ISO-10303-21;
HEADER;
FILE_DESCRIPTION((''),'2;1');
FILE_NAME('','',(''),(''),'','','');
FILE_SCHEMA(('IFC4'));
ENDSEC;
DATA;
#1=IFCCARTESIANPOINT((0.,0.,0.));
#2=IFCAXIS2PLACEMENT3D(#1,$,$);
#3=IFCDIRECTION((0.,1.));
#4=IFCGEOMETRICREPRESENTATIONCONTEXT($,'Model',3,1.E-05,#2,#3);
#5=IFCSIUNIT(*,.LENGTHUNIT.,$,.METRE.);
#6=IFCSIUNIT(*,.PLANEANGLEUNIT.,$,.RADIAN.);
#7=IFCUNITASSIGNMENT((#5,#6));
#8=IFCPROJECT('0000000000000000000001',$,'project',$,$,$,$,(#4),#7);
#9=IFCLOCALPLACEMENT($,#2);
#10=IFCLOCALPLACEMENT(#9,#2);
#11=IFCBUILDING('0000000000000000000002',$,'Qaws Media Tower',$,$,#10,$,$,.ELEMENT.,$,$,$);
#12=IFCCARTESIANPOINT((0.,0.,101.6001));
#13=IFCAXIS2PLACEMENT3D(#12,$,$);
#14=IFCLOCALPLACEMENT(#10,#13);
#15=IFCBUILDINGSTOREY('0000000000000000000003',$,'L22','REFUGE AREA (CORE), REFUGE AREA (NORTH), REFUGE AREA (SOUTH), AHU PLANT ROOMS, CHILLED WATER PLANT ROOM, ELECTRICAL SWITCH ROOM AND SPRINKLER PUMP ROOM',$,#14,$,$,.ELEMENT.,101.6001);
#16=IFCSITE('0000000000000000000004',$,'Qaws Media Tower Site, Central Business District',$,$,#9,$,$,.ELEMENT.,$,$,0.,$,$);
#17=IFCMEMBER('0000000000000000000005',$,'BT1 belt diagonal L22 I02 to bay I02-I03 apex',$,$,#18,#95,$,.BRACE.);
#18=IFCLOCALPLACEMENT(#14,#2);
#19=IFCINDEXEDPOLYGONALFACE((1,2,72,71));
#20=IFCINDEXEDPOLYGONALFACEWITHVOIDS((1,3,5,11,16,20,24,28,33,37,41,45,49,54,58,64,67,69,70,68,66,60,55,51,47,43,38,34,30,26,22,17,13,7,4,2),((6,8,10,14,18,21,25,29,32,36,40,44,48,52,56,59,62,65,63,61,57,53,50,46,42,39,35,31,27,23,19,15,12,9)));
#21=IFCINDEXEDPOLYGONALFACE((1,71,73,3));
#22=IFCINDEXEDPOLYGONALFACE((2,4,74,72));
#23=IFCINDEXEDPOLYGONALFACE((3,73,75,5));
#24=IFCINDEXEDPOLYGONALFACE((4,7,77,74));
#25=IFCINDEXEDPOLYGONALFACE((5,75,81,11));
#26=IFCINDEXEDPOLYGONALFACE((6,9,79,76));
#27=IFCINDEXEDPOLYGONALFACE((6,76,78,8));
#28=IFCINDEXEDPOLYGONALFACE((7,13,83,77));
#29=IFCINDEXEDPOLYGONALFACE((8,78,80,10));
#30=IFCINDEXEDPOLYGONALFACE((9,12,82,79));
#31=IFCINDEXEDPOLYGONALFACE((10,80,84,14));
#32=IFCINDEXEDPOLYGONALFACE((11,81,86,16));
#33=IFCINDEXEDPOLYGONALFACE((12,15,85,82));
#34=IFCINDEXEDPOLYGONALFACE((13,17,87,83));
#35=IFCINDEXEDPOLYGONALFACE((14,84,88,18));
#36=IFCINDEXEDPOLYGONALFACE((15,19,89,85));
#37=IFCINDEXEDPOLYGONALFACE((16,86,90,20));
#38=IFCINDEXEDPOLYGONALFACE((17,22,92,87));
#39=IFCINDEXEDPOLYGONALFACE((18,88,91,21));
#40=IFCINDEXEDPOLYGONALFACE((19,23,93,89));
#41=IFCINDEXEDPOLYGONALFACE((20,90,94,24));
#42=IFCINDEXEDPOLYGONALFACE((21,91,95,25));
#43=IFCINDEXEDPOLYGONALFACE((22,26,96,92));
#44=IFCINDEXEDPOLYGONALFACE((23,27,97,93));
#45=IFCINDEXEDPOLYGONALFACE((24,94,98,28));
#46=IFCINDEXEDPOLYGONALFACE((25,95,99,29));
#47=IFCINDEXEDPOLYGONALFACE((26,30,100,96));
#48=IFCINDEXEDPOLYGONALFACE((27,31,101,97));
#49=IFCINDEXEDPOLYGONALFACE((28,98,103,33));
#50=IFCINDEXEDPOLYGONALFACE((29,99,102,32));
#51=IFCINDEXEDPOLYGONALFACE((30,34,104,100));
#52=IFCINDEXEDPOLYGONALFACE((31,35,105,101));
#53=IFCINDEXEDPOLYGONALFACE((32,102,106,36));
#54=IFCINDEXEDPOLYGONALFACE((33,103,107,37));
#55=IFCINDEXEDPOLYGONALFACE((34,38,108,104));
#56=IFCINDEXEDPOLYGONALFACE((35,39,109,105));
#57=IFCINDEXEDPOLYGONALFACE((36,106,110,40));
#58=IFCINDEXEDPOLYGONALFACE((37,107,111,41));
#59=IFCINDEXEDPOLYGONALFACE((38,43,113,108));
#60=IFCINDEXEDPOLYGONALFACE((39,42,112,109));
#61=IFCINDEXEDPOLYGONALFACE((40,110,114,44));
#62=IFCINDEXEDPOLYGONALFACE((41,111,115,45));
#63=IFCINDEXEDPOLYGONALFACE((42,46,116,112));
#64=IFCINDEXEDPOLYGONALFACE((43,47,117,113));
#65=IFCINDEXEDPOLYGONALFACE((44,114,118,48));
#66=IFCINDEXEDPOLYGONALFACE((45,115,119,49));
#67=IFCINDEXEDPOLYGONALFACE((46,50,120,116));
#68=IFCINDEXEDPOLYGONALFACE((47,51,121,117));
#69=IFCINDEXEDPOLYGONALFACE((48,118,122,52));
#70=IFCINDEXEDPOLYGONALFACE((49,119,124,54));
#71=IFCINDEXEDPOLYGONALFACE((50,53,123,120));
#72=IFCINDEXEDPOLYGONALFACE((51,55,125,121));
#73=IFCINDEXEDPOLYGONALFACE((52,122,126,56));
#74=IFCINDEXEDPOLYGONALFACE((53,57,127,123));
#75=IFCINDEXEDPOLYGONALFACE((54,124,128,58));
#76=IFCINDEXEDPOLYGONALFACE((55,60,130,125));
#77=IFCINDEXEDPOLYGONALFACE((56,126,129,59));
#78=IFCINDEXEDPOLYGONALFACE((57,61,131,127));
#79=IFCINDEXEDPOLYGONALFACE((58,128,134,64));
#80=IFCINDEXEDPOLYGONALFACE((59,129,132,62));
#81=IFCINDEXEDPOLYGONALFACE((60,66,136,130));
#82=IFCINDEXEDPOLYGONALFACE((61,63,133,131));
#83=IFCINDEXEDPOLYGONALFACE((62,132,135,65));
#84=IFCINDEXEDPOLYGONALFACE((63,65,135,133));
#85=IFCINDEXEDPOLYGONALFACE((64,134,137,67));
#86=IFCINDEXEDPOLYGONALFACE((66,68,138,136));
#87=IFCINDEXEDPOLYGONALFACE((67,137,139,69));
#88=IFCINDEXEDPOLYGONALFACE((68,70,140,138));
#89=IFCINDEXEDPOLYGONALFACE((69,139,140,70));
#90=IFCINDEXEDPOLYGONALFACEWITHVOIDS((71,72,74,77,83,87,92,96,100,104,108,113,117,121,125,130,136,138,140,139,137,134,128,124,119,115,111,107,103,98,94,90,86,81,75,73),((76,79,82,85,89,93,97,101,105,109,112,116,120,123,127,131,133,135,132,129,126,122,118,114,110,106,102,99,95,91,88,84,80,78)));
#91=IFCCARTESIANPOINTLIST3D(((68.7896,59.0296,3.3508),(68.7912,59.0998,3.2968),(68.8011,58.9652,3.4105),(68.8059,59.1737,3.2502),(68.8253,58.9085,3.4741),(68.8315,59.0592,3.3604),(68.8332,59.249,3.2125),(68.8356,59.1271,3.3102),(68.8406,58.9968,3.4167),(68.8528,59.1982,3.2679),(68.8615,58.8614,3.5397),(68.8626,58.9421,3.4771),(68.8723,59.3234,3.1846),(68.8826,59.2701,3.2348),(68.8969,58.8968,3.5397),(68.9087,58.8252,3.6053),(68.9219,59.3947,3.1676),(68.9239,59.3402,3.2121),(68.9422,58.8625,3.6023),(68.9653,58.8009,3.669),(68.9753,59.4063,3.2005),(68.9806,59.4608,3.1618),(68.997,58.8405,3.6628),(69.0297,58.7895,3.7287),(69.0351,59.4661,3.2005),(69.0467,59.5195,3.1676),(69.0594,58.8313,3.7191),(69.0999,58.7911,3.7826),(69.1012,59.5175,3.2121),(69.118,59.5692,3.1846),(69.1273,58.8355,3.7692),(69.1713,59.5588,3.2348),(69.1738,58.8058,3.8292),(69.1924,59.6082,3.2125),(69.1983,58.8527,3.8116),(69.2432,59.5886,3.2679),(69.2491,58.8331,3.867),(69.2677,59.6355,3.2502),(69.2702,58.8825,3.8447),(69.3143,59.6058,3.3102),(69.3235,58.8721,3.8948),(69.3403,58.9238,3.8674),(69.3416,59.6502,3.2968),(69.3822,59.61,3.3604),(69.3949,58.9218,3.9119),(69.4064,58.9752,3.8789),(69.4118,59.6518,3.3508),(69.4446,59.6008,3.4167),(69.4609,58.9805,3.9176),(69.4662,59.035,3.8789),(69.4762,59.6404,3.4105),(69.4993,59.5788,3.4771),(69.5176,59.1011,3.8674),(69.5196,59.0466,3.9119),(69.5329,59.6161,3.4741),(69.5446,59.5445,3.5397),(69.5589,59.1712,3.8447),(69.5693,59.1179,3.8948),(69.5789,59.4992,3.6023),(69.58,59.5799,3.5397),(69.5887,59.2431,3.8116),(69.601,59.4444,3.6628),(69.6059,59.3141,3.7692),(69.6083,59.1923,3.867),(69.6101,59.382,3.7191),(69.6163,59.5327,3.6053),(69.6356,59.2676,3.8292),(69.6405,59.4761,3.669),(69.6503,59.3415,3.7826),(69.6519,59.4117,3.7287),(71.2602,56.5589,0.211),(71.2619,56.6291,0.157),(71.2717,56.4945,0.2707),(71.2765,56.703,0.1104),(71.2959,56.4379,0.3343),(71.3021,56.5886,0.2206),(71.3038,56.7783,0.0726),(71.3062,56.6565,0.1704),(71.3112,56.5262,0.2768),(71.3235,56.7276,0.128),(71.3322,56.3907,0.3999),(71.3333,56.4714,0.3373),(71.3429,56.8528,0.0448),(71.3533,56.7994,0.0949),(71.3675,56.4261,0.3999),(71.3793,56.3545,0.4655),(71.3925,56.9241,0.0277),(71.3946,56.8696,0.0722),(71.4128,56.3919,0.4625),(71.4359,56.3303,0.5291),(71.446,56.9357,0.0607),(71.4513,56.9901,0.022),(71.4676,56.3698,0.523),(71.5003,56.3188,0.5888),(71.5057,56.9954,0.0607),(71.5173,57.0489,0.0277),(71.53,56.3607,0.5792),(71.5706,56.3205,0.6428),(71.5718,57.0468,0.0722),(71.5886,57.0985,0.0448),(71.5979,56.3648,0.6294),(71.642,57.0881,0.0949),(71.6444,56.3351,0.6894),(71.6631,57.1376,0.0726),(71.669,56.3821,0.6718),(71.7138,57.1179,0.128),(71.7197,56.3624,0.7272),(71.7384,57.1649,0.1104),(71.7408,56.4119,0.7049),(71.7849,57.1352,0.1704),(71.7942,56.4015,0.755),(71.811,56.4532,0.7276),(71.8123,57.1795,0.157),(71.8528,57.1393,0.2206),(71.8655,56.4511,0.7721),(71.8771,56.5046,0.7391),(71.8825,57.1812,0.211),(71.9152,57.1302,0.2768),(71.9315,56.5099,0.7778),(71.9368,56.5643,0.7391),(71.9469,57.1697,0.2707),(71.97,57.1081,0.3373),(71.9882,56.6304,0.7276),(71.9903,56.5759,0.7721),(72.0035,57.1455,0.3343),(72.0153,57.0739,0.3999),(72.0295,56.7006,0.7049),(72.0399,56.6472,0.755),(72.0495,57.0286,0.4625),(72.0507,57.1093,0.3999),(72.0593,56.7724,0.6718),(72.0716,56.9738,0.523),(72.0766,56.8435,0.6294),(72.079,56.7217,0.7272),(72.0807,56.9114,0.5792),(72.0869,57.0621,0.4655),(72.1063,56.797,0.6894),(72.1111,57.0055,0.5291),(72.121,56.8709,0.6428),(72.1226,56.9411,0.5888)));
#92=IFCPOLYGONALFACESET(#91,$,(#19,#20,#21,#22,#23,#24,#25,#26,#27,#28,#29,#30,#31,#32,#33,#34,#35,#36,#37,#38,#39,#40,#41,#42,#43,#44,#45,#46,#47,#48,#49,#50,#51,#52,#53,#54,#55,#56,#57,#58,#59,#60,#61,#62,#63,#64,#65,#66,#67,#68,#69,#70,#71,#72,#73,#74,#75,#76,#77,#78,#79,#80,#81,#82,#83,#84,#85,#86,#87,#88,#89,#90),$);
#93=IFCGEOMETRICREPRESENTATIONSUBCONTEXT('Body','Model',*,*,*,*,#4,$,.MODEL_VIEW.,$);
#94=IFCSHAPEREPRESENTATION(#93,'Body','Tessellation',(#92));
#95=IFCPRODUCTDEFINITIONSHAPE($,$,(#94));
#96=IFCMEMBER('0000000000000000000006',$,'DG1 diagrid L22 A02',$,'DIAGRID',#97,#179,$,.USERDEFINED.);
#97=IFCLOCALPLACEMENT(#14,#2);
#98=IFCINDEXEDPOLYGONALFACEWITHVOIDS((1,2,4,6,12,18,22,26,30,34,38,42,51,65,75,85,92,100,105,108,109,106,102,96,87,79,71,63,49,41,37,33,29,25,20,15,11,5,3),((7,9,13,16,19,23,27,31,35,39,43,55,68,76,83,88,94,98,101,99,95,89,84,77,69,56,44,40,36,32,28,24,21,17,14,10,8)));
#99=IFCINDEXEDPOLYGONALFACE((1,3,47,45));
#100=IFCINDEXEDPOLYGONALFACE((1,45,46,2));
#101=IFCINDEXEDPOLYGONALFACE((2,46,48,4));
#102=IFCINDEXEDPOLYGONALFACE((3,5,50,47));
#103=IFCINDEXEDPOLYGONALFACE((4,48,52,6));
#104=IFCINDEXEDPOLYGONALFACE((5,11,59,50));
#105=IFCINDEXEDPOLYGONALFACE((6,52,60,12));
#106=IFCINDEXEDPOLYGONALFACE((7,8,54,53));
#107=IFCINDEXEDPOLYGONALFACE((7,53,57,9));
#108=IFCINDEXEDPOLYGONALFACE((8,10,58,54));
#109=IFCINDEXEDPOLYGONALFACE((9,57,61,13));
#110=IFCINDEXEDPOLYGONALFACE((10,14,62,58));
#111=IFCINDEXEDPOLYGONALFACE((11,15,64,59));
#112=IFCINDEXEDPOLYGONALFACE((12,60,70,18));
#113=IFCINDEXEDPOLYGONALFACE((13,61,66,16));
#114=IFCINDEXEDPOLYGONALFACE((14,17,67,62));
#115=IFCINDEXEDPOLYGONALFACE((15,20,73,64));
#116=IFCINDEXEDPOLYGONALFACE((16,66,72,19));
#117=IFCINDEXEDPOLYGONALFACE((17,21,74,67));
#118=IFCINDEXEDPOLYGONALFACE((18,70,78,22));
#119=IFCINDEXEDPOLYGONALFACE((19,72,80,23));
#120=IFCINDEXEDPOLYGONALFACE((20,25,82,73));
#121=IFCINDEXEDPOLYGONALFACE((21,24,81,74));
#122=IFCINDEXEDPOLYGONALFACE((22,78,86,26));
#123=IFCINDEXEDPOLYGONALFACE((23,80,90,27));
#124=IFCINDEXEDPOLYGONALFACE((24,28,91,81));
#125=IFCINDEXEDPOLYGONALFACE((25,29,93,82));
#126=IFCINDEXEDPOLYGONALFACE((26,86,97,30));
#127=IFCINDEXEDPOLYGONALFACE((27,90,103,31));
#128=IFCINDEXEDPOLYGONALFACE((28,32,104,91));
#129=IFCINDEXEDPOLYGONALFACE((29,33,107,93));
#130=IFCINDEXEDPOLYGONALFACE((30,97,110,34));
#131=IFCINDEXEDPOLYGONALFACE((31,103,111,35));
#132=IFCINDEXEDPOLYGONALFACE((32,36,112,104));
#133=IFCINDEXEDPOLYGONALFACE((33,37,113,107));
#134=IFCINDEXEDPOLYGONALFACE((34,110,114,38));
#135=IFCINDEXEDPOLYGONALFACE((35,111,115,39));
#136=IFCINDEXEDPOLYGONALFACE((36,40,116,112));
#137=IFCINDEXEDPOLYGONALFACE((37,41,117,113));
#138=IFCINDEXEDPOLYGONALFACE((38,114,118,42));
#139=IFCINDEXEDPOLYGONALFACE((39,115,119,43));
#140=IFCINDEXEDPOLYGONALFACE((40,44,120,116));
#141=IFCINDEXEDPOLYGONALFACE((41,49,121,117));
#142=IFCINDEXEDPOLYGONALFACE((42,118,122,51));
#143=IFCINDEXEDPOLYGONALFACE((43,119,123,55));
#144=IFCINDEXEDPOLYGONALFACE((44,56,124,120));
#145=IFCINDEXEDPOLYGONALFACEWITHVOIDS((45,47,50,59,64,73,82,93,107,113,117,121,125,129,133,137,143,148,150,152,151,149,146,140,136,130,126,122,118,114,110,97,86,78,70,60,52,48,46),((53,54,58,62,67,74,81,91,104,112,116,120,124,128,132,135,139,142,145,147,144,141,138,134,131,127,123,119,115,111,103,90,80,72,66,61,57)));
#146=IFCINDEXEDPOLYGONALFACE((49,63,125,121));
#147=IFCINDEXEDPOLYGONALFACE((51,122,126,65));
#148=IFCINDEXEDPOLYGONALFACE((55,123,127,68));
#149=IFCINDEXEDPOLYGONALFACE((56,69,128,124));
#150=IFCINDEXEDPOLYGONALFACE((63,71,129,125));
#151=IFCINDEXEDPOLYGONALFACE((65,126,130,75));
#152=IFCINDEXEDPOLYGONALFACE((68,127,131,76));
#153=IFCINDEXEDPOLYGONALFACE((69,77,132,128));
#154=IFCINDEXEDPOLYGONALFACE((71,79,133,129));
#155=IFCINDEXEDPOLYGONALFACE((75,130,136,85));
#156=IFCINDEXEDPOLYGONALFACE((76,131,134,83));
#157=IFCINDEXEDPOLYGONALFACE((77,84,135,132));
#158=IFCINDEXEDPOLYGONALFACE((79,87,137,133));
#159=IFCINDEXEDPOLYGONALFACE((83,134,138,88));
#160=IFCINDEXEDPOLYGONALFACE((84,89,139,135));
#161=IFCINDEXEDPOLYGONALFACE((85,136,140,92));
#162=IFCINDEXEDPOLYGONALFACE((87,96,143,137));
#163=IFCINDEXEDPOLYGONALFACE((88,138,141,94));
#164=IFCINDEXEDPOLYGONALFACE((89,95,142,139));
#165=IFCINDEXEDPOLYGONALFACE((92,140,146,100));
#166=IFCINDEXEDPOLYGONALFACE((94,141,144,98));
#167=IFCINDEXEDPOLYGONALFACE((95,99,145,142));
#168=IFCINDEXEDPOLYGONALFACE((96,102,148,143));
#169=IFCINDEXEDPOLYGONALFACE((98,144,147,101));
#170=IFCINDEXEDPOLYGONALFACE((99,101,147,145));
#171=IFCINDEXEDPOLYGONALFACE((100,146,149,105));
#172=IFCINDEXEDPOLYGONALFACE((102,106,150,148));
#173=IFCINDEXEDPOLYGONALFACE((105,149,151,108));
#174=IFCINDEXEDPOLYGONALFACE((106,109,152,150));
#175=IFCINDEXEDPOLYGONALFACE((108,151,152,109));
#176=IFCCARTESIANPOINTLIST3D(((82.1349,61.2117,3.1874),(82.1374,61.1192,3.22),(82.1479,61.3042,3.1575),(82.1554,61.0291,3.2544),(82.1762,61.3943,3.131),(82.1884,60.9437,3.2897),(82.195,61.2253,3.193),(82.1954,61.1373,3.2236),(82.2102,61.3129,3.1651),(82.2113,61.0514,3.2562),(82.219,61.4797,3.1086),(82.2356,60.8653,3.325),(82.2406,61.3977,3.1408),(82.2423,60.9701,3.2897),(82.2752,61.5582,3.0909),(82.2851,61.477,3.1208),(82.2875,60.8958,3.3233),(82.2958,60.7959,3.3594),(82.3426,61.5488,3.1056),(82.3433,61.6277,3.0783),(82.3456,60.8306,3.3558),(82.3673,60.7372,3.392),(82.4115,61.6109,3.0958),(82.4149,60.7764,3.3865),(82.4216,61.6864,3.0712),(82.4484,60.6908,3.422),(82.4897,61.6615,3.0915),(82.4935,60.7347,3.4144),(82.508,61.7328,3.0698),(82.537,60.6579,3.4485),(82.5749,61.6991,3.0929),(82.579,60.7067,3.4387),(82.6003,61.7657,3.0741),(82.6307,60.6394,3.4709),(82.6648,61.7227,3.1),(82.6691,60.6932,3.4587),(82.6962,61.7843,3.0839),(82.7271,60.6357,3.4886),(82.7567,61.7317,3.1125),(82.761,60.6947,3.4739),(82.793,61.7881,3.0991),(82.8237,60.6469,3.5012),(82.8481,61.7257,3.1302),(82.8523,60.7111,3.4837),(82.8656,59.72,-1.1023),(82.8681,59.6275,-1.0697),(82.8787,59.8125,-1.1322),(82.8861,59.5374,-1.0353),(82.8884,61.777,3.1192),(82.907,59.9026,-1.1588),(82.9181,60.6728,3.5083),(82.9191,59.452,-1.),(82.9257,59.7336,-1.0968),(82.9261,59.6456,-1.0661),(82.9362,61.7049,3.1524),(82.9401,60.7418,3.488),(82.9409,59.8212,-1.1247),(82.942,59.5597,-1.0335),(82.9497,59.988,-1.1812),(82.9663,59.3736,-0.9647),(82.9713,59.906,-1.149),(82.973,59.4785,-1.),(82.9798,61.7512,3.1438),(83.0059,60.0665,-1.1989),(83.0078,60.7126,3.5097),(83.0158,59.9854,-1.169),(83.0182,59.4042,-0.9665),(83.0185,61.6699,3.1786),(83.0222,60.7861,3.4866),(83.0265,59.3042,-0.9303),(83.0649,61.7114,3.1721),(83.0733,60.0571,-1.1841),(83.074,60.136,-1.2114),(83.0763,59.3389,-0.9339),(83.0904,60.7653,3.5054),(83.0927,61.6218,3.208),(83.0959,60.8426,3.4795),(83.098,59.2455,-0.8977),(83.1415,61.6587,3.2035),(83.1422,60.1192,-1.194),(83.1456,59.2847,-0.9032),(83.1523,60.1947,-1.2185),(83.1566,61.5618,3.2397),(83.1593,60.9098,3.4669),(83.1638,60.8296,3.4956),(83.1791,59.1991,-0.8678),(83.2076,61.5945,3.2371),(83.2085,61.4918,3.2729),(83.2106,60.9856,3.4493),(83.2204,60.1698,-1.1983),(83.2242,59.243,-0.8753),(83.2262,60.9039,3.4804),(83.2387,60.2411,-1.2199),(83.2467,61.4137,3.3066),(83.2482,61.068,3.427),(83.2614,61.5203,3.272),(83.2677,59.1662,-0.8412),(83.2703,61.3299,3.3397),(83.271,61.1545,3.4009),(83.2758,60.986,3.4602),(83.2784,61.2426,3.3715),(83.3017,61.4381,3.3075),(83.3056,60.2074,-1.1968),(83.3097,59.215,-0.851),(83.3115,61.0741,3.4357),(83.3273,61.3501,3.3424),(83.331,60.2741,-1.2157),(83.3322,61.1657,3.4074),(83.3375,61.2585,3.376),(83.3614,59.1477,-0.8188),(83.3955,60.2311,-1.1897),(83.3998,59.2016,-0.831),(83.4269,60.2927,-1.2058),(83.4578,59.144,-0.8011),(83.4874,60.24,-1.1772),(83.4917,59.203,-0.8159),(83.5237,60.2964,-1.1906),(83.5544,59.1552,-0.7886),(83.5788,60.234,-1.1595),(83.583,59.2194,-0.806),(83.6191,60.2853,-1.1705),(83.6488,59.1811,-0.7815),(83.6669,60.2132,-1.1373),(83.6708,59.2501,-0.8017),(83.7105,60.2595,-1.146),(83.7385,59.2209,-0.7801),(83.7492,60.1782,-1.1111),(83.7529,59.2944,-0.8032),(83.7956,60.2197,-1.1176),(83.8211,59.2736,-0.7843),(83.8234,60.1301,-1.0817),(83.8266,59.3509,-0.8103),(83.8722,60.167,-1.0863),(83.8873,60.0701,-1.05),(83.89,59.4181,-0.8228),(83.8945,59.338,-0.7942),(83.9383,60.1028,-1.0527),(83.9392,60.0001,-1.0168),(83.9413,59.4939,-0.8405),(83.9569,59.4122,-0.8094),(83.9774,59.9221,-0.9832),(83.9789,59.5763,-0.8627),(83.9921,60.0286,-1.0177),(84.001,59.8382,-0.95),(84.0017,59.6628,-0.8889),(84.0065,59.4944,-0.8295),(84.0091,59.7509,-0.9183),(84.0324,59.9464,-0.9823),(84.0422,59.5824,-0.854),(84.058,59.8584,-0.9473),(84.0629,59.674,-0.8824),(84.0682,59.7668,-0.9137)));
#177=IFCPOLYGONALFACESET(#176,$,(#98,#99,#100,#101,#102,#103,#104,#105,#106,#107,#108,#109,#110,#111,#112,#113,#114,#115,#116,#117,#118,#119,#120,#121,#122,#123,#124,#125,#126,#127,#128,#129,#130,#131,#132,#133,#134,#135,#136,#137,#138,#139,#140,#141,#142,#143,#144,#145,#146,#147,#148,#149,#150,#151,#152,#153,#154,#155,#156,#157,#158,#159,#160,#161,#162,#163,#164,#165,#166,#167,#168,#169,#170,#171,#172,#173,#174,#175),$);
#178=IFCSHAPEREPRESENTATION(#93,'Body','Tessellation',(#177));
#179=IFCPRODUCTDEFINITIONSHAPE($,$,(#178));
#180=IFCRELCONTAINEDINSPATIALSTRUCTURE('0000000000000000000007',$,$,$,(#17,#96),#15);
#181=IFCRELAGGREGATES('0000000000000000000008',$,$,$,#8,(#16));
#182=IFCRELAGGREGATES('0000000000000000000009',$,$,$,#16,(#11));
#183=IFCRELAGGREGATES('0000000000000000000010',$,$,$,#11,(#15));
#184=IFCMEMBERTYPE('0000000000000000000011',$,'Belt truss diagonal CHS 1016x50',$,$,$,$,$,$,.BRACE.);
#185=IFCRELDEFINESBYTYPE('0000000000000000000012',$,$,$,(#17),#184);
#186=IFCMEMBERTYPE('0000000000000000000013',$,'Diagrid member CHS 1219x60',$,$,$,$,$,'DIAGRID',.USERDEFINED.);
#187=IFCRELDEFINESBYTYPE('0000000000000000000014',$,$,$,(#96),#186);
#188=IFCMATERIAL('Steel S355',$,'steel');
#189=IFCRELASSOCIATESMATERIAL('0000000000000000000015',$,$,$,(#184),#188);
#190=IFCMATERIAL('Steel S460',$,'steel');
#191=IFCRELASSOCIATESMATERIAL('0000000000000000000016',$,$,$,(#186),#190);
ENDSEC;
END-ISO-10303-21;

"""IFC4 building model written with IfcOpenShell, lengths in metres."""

from ifc_helpers import new_model, si_unit, direction, frame, origin, origin_2d, place, context, subcontext, project, spatial, hollow_circle, extrude, material, material_profile, profile_set, type_object, element, save


model = new_model("IFC4")

# Units and contexts
model_context = context("Model", 3, precision=1e-05, world=origin(), true_north=direction((0.0, 1.0)))
body_context = subcontext(model_context, "Body", "Model", "MODEL_VIEW")
ifc_project = project(units=[si_unit("LENGTHUNIT", "METRE"), si_unit("PLANEANGLEUNIT", "RADIAN")], contexts=[model_context])

# Site, building, storey
site_placement = place(None, origin())
site = spatial("IfcSite", under=ifc_project, at=site_placement, Name="Qaws Media Tower Site, Central Business District", CompositionType="ELEMENT", RefElevation=0.0)
building_placement = place(site_placement, origin())
building = spatial("IfcBuilding", under=site, at=building_placement, Name="Qaws Media Tower", CompositionType="ELEMENT")
storey_placement = place(building_placement, frame((0.0, 0.0, 101.6001)))
storey = spatial("IfcBuildingStorey", under=building, at=storey_placement, Name="L22", Description="REFUGE AREA (CORE), REFUGE AREA (NORTH), REFUGE AREA (SOUTH), AHU PLANT ROOMS, CHILLED WATER PLANT ROOM, ELECTRICAL SWITCH ROOM AND SPRINKLER PUMP ROOM", CompositionType="ELEMENT", Elevation=101.6001)

# Members
ifc_material_1 = material(Name="Steel S355", Category="steel")
ifc_material_profile_1 = material_profile(ifc_material_1, hollow_circle(Radius=0.5081, WallThickness=0.05, at=origin_2d()), Name="CHS 1016x50")
ifc_profile_set_1 = profile_set([ifc_material_profile_1], Name="Steel S355")
member_type_1 = type_object("IfcMemberType", Name="Belt truss diagonal CHS 1016x50", PredefinedType="BRACE", material=ifc_profile_set_1)
for number, where, z_axis, x_axis, name in (
    (1, (71.6914, 56.75, 0.3999), (-0.525947, 0.525947, 0.6684), (-0.707107, -0.707107, 0.0), "BT1 belt diagonal L22 I02 to bay I02-I03 apex"),
):
    element("IfcMember", number, at=place(storey_placement, frame(where, z_axis=z_axis, x_axis=x_axis)), inside=storey, type_object=member_type_1, Name=name, PredefinedType="BRACE", context=body_context, shape_type="SweptSolid", body=[
        extrude(hollow_circle(Radius=0.5081, WallThickness=0.05, at=origin_2d()), origin(), (0.0, 0.0, 1.0), 4.6975),
    ])
ifc_material_2 = material(Name="Steel S460", Category="steel")
ifc_material_profile_2 = material_profile(ifc_material_2, hollow_circle(Radius=0.6096, WallThickness=0.0601, at=origin_2d()), Name="CHS 1219x60")
ifc_profile_set_2 = profile_set([ifc_material_profile_2], Name="Steel S460")
member_type_2 = type_object("IfcMemberType", Name="Diagrid member CHS 1219x60", ElementType="DIAGRID", PredefinedType="USERDEFINED", material=ifc_profile_set_2)
member_1_placement = place(storey_placement, frame((83.4666, 59.7202, -1.0), z_axis=(-0.158845, 0.324271, 0.932532), x_axis=(-0.898043, -0.439909, 0.0)))
element("IfcMember", 2, at=member_1_placement, inside=storey, type_object=member_type_2, Name="DG1 diagrid L22 A02", ObjectType="DIAGRID", PredefinedType="USERDEFINED", context=body_context, shape_type="SweptSolid", body=[
    extrude(hollow_circle(Radius=0.6096, WallThickness=0.0601, at=origin_2d()), origin(), (0.0, 0.0, 1.0), 4.6001),
])

save(model, "model.ifc")
